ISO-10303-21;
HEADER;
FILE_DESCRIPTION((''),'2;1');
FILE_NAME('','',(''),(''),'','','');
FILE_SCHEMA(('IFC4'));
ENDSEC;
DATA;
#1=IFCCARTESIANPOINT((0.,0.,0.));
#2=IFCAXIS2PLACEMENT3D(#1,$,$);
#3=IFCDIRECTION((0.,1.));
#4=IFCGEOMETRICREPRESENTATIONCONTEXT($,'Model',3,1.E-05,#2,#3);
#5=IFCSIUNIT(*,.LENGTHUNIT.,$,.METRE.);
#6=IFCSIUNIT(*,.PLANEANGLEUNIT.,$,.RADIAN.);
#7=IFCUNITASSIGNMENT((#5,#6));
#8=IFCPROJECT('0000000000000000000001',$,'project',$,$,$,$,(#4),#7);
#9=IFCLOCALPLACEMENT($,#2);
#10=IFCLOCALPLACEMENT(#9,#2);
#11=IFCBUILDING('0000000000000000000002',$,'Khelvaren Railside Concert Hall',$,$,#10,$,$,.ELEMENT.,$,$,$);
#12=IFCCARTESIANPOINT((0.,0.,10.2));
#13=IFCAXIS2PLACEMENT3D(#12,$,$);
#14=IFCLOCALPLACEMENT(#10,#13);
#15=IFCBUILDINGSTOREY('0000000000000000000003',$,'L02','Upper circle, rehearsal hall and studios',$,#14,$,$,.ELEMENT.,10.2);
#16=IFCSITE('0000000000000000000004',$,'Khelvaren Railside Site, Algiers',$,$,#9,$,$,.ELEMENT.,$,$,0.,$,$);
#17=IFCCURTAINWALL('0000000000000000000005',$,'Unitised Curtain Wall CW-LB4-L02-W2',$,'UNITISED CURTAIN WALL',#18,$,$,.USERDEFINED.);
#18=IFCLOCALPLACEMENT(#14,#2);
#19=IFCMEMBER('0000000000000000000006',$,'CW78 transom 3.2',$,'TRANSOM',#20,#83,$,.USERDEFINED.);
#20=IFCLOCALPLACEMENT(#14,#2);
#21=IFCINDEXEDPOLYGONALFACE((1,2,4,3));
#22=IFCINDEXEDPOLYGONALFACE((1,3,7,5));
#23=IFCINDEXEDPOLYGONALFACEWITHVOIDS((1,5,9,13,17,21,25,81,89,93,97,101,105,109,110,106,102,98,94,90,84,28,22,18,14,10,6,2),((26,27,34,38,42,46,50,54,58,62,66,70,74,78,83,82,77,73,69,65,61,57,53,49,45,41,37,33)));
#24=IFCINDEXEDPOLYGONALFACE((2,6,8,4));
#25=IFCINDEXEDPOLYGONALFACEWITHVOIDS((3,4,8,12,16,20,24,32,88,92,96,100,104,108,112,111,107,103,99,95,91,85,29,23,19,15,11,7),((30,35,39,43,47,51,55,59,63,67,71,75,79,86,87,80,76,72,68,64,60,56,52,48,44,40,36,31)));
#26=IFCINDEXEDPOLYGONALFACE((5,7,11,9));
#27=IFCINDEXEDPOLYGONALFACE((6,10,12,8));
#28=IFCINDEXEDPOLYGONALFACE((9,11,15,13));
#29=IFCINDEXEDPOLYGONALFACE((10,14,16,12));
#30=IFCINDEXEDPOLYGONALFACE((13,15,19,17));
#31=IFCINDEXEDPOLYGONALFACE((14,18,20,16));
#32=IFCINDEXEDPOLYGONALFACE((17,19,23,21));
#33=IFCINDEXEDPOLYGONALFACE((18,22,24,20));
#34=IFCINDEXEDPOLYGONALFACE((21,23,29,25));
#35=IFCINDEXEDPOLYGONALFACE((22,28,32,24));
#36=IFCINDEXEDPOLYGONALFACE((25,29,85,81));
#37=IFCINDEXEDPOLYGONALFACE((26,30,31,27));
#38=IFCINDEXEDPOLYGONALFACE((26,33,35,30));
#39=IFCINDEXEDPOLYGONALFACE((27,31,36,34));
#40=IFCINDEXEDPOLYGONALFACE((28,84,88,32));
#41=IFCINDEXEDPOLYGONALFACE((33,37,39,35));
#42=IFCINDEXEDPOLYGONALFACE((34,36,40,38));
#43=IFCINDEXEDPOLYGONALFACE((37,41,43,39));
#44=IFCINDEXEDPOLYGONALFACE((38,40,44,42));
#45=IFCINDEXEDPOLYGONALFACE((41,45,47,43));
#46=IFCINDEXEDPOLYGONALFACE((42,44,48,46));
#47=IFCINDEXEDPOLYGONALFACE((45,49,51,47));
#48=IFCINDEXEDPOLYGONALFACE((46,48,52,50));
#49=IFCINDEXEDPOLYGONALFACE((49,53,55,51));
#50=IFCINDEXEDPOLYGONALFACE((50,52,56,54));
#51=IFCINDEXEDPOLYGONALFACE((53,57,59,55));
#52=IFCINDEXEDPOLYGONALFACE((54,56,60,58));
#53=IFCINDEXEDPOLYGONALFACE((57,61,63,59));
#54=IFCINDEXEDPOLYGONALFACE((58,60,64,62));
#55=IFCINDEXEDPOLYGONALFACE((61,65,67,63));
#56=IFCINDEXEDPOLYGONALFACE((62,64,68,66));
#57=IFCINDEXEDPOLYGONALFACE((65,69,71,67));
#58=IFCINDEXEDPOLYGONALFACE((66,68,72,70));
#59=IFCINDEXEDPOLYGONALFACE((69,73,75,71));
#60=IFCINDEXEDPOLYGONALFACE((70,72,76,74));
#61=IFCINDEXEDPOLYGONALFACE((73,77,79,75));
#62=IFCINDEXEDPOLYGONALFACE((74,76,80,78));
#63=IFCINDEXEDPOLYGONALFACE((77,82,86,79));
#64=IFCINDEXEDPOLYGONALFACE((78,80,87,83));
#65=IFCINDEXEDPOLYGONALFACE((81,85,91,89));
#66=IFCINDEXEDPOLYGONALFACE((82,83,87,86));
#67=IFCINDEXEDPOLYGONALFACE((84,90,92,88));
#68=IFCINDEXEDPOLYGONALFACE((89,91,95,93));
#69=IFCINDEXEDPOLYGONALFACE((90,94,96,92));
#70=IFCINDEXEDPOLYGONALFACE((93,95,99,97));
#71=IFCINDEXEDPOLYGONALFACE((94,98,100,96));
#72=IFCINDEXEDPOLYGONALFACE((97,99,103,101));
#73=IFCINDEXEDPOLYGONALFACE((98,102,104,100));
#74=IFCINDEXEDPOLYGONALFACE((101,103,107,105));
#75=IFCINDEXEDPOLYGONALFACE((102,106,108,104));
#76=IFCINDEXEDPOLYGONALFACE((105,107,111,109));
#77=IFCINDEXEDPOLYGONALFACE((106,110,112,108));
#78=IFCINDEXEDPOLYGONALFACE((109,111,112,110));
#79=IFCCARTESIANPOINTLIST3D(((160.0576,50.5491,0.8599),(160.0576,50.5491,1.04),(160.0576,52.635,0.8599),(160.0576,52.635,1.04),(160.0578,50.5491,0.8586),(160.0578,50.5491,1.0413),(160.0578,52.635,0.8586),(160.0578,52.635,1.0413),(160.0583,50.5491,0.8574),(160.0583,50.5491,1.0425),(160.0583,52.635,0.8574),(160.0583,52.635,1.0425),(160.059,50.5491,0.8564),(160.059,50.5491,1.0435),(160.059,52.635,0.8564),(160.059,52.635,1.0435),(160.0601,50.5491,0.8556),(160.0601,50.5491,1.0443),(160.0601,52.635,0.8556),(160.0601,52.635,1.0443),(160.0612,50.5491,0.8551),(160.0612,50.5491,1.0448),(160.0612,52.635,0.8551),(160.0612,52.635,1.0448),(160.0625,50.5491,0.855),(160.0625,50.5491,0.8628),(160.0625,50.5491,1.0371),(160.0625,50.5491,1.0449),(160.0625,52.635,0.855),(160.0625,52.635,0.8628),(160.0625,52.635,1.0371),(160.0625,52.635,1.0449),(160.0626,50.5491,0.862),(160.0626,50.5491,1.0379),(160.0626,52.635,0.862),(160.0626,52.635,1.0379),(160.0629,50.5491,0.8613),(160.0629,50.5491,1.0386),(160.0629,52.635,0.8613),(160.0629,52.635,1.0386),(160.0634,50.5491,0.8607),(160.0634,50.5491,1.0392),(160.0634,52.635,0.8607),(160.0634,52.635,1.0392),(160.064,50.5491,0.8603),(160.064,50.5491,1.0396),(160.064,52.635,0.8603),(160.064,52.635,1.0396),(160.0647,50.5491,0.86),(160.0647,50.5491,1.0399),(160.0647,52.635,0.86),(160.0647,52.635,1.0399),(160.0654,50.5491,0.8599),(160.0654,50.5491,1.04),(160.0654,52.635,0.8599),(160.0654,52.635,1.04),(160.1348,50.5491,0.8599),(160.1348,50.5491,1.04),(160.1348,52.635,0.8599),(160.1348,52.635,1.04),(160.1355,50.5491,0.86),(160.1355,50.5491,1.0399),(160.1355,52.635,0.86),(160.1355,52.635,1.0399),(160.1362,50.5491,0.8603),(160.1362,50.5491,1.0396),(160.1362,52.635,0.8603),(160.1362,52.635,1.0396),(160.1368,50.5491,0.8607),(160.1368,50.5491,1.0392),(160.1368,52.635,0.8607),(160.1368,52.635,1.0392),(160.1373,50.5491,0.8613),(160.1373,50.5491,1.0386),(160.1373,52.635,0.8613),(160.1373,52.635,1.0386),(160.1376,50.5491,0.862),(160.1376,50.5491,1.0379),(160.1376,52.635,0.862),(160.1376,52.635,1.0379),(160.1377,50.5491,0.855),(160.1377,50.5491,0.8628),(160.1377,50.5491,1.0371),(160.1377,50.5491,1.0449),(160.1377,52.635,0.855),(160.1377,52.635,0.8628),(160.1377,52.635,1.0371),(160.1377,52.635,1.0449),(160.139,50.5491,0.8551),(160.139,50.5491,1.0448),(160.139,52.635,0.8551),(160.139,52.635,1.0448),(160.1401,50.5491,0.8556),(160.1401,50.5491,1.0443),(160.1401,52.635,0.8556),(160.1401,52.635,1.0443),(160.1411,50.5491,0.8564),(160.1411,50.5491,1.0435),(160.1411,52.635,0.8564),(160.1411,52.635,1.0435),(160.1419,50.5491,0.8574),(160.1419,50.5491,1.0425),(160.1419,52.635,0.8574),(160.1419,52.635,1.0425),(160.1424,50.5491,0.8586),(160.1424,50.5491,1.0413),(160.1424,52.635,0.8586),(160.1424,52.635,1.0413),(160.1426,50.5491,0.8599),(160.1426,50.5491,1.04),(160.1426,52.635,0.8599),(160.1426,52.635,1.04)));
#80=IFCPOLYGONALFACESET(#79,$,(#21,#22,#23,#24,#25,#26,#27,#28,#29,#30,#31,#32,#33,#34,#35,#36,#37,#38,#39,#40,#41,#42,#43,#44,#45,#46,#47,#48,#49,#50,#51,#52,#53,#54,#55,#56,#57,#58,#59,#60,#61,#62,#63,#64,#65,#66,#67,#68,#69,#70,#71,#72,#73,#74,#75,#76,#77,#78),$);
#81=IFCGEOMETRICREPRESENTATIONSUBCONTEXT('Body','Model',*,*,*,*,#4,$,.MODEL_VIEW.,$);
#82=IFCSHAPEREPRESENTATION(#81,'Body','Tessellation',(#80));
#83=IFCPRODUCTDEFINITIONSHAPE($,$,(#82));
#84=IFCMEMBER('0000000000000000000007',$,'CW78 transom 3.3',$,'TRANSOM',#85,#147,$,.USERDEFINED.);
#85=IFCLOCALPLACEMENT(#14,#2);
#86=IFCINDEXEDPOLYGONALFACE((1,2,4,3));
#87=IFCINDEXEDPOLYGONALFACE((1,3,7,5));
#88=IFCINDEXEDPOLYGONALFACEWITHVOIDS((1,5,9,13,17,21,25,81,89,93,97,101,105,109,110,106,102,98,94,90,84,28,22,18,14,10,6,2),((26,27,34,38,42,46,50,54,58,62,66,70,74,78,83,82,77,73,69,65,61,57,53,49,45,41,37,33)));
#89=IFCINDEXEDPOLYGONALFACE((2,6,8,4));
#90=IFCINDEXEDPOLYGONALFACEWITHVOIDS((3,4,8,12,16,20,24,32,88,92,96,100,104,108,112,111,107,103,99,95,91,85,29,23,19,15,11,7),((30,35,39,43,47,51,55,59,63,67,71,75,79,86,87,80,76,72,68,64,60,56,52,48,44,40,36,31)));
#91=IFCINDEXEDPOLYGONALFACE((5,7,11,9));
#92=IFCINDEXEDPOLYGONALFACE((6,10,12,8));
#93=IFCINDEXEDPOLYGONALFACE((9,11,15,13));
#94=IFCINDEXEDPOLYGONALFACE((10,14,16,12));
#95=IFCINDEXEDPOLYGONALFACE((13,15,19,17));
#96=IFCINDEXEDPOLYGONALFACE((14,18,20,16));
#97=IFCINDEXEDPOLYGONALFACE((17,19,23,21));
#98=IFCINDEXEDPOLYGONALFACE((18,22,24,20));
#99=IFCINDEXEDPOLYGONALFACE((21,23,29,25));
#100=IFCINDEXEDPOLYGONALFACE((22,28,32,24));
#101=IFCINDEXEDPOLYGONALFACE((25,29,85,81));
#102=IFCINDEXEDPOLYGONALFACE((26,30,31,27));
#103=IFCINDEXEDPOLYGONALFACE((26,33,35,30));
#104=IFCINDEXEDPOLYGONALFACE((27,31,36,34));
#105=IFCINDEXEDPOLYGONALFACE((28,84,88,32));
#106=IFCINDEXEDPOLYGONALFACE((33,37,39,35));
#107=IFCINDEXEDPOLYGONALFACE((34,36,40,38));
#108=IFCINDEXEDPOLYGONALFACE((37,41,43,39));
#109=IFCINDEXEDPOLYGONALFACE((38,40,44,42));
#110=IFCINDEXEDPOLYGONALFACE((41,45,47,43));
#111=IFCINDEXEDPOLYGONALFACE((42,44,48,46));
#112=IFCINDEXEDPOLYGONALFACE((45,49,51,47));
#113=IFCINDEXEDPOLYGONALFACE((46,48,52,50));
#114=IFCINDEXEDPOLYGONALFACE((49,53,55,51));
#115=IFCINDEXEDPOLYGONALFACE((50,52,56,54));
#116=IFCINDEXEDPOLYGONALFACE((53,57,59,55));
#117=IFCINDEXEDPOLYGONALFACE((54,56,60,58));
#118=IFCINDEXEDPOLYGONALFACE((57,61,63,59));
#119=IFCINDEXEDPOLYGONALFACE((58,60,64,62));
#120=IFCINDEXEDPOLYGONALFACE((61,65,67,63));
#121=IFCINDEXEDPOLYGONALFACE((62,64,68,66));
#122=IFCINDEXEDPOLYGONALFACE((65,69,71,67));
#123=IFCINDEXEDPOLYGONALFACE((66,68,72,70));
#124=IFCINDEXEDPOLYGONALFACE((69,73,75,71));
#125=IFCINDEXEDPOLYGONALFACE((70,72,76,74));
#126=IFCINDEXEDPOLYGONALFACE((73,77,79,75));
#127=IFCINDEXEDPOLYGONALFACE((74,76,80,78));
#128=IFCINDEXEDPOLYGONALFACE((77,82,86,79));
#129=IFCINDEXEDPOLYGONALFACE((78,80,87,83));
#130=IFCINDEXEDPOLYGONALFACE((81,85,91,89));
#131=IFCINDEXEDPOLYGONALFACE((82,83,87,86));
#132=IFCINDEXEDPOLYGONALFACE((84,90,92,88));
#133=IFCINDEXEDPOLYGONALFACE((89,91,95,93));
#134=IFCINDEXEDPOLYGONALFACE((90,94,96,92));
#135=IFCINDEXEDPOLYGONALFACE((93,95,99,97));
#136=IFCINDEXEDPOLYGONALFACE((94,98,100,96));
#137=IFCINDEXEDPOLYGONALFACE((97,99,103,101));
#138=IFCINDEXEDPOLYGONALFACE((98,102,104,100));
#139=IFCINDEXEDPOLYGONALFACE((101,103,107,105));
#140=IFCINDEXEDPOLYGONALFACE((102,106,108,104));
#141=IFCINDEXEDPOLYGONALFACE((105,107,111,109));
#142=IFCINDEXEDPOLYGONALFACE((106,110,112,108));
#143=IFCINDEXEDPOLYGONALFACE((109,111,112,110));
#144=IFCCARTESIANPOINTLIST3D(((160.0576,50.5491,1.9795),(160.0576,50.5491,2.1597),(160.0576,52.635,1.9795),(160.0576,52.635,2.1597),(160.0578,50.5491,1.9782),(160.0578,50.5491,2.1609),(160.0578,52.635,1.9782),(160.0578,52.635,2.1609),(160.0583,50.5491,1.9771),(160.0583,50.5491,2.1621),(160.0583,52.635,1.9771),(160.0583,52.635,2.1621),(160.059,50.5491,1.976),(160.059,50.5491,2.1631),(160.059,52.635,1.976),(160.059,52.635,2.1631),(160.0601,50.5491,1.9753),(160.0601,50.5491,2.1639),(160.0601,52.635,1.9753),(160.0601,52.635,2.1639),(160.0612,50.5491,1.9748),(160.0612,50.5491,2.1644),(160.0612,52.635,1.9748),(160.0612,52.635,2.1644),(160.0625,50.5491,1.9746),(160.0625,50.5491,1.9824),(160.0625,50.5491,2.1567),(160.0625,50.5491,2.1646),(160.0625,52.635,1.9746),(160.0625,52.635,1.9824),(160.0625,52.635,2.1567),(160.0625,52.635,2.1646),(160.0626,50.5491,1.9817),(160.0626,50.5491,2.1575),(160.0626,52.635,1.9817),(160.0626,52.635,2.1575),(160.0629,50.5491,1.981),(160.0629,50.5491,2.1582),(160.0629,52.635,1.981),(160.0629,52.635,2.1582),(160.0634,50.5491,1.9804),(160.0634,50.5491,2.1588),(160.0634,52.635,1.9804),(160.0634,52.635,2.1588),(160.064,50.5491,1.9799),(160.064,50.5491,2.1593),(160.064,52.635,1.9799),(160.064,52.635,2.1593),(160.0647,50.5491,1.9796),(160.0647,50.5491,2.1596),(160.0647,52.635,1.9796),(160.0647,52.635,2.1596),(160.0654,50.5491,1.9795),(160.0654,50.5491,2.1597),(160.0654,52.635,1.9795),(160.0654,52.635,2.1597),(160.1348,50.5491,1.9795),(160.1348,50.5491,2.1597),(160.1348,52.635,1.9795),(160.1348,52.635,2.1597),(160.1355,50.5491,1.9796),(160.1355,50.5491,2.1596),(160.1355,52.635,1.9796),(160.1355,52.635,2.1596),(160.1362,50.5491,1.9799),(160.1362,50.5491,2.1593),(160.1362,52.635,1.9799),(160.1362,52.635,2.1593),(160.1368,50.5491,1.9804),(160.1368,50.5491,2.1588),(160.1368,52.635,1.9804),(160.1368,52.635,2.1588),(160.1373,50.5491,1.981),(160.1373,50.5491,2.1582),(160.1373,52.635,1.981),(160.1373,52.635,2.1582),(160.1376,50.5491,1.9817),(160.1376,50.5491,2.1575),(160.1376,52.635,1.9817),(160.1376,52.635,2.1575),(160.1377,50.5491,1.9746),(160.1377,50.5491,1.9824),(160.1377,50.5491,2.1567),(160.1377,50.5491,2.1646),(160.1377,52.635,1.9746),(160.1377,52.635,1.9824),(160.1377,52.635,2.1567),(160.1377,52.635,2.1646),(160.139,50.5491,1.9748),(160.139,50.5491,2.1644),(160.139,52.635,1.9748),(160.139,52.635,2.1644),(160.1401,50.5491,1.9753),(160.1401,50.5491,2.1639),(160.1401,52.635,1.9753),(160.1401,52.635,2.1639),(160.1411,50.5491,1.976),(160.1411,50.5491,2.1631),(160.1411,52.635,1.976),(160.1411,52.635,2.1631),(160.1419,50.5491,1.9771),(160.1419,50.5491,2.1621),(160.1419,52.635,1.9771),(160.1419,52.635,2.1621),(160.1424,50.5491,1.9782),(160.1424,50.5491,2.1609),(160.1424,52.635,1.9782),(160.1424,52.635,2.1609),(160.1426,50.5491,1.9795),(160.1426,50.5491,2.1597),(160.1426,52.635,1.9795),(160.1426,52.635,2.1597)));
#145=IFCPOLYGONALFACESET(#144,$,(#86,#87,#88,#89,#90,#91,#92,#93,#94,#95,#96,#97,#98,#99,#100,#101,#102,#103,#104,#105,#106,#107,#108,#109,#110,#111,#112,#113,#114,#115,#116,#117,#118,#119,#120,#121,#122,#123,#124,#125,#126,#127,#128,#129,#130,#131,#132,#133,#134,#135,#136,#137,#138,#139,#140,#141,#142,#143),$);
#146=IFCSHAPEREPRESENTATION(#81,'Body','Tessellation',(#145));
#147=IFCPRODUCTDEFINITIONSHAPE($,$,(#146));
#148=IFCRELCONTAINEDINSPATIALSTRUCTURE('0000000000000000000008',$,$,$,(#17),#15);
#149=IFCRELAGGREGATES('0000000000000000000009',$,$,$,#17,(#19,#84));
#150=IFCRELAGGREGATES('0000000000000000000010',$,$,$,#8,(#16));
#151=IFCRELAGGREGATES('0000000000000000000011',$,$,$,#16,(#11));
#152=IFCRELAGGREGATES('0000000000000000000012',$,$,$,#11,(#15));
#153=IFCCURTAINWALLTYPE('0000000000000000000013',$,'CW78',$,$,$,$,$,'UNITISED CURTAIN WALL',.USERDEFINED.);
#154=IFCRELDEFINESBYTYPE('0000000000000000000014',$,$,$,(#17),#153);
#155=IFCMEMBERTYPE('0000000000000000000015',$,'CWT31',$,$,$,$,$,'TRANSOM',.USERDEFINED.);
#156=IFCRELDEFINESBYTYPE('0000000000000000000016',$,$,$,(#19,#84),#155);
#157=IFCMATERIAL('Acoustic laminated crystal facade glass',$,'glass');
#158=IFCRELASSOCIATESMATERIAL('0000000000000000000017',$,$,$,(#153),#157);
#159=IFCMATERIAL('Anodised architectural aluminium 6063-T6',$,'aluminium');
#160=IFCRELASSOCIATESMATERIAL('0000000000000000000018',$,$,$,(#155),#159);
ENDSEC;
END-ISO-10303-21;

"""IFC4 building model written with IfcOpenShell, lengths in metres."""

from ifc_helpers import new_model, si_unit, direction, frame, origin, origin_2d, place, context, subcontext, project, spatial, hollow_rectangle, extrude, material, material_profile, profile_set, type_object, element, aggregate, save


model = new_model("IFC4")

# Units and contexts
model_context = context("Model", 3, precision=1e-05, world=origin(), true_north=direction((0.0, 1.0)))
body_context = subcontext(model_context, "Body", "Model", "MODEL_VIEW")
ifc_project = project(units=[si_unit("LENGTHUNIT", "METRE"), si_unit("PLANEANGLEUNIT", "RADIAN")], contexts=[model_context])

# Site, building, storey
site_placement = place(None, origin())
site = spatial("IfcSite", under=ifc_project, at=site_placement, Name="Khelvaren Railside Site, Algiers", CompositionType="ELEMENT", RefElevation=0.0)
building_placement = place(site_placement, origin())
building = spatial("IfcBuilding", under=site, at=building_placement, Name="Khelvaren Railside Concert Hall", CompositionType="ELEMENT")
storey_placement = place(building_placement, frame((0.0, 0.0, 10.2)))
storey = spatial("IfcBuildingStorey", under=building, at=storey_placement, Name="L02", Description="Upper circle, rehearsal hall and studios", CompositionType="ELEMENT", Elevation=10.2)

# Curtain wall, members
ifc_material_1 = material(Name="Acoustic laminated crystal facade glass", Category="glass")
curtain_wall_type = type_object("IfcCurtainWallType", Name="CW78", ElementType="UNITISED CURTAIN WALL", PredefinedType="USERDEFINED", material=ifc_material_1)
curtain_wall_placement = place(storey_placement, origin())
curtain_wall = element("IfcCurtainWall", 1, at=curtain_wall_placement, inside=storey, type_object=curtain_wall_type, Name="Unitised Curtain Wall CW-LB4-L02-W2", ObjectType="UNITISED CURTAIN WALL", PredefinedType="USERDEFINED")
ifc_material_2 = material(Name="Anodised architectural aluminium 6063-T6", Category="aluminium")
ifc_material_profile_1 = material_profile(ifc_material_2, hollow_rectangle(XDim=0.085, YDim=0.1899, WallThickness=0.0049, InnerFilletRadius=0.0029, OuterFilletRadius=0.0049, at=origin_2d()), Name="CWT 85x190x5")
ifc_profile_set_1 = profile_set([ifc_material_profile_1], Name="Anodised architectural aluminium 6063-T6")
member_type_1 = type_object("IfcMemberType", Name="CWT31", ElementType="TRANSOM", PredefinedType="USERDEFINED", material=ifc_profile_set_1)
member_1_placement = place(storey_placement, frame((160.1001, 50.5491, 0.95), z_axis=(0.0, 1.0, 0.0), x_axis=(-1.0, 0.0, 0.0)))
member_1 = element("IfcMember", 2, at=member_1_placement, type_object=member_type_1, Name="CW78 transom 3.2", ObjectType="TRANSOM", PredefinedType="USERDEFINED", context=body_context, shape_type="SweptSolid", body=[
    extrude(hollow_rectangle(XDim=0.085, YDim=0.1899, WallThickness=0.0049, InnerFilletRadius=0.0029, OuterFilletRadius=0.0049, at=origin_2d()), origin(), (0.0, 0.0, 1.0), 2.0859),
])
member_2_placement = place(storey_placement, frame((160.1001, 50.5491, 2.0696), z_axis=(0.0, 1.0, 0.0), x_axis=(-1.0, 0.0, 0.0)))
member_2 = element("IfcMember", 3, at=member_2_placement, type_object=member_type_1, Name="CW78 transom 3.3", ObjectType="TRANSOM", PredefinedType="USERDEFINED", context=body_context, shape_type="SweptSolid", body=[
    extrude(hollow_rectangle(XDim=0.085, YDim=0.1899, WallThickness=0.0049, InnerFilletRadius=0.0029, OuterFilletRadius=0.0049, at=origin_2d()), origin(), (0.0, 0.0, 1.0), 2.0859),
])

aggregate(curtain_wall, [member_1, member_2])

save(model, "model.ifc")
